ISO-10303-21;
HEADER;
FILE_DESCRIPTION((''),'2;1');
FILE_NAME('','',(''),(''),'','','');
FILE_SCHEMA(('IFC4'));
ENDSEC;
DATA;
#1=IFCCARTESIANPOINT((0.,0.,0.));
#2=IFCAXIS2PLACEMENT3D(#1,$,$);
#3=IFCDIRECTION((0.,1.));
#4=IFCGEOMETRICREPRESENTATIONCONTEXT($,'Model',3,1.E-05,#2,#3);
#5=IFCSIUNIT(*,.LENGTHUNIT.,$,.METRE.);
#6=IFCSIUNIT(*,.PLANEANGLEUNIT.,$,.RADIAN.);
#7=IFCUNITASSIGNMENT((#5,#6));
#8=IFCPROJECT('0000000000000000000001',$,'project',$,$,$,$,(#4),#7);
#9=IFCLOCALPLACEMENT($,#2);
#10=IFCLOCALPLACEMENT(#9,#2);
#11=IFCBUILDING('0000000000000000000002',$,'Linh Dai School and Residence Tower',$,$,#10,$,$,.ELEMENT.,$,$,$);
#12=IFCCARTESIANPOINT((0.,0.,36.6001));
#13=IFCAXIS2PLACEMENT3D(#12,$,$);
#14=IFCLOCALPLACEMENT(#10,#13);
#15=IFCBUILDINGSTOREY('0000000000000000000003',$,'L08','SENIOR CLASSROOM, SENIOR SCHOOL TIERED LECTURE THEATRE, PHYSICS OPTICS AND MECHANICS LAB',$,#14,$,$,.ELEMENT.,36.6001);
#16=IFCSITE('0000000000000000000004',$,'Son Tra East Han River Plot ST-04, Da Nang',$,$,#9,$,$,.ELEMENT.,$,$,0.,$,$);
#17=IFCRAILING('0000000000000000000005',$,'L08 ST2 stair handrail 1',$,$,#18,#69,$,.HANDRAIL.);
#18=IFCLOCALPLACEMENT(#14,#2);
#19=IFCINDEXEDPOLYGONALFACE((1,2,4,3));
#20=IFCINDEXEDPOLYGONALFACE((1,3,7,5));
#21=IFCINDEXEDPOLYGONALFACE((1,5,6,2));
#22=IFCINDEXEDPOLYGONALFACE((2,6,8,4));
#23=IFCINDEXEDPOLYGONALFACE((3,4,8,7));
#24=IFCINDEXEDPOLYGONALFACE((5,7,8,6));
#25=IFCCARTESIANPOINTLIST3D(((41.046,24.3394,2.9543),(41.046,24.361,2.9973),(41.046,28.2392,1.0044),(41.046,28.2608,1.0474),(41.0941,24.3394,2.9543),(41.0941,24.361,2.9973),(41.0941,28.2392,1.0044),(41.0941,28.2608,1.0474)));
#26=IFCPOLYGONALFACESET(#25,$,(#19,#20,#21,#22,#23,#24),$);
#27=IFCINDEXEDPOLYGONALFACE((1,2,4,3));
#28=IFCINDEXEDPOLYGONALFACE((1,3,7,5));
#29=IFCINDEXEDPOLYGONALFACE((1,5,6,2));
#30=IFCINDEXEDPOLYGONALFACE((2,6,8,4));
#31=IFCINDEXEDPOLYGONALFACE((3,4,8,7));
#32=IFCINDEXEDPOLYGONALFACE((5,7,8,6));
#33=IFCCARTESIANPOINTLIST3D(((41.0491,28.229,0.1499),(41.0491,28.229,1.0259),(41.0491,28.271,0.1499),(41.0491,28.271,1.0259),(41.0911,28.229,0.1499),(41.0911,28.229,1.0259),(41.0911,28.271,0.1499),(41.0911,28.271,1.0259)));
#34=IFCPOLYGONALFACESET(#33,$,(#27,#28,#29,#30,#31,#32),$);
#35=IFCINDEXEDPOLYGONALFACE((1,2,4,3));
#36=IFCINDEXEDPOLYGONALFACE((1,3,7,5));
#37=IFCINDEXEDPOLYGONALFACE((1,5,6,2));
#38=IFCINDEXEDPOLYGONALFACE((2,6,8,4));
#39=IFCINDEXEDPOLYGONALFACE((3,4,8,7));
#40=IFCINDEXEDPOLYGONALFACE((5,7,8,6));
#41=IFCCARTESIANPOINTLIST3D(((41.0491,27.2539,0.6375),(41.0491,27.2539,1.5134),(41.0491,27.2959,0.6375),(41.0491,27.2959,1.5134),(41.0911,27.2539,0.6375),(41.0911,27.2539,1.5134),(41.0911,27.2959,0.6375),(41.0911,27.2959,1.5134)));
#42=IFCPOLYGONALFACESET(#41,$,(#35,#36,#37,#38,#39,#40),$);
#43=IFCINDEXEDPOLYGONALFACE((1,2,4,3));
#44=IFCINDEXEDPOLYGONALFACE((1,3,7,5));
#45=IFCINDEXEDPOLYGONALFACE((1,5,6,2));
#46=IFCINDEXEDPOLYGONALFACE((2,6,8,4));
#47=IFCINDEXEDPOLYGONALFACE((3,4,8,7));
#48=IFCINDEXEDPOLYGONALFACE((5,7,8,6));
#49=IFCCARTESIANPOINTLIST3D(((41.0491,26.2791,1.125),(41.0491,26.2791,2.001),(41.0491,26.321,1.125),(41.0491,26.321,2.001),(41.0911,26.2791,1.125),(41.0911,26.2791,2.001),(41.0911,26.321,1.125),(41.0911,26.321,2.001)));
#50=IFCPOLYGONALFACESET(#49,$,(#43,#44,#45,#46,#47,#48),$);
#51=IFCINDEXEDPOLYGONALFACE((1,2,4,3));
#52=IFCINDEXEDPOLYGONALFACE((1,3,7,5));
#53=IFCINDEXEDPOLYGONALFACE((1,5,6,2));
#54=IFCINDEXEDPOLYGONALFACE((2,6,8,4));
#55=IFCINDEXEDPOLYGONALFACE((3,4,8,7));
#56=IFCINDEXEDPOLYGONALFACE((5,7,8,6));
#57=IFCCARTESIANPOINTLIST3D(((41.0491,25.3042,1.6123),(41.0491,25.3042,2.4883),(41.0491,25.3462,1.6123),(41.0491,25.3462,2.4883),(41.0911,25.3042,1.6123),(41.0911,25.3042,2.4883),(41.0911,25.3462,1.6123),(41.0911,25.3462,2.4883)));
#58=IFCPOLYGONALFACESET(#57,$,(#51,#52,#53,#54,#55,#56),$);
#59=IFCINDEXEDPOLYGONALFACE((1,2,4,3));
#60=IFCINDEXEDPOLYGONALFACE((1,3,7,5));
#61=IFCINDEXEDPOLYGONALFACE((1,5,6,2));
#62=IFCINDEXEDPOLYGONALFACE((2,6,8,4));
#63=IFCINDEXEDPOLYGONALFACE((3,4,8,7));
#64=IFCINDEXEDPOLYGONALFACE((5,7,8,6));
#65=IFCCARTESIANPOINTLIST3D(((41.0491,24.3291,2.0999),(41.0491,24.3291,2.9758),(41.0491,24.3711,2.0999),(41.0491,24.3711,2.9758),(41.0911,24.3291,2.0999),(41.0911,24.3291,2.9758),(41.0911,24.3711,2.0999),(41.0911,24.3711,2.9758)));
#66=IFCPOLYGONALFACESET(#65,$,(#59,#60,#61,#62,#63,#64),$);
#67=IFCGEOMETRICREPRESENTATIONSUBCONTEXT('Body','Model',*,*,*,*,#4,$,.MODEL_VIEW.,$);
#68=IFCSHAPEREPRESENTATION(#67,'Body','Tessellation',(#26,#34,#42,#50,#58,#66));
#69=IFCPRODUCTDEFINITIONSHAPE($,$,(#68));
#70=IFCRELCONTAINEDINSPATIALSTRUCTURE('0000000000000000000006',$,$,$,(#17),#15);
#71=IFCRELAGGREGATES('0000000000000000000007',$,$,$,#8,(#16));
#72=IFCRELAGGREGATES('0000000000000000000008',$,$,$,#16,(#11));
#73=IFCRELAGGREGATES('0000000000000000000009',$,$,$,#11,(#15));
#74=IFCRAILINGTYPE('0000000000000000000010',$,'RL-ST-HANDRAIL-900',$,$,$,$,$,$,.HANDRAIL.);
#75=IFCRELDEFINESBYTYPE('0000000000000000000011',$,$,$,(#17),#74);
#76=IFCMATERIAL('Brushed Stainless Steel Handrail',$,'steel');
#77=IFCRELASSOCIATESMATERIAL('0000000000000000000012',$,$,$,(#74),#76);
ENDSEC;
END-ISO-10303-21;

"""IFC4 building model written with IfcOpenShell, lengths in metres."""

from ifc_helpers import new_model, si_unit, direction, frame, origin, origin_2d, place, context, subcontext, project, spatial, rectangle, extrude, source, transform, mapped, material, type_object, element, save


model = new_model("IFC4")

# Units and contexts
model_context = context("Model", 3, precision=1e-05, world=origin(), true_north=direction((0.0, 1.0)))
body_context = subcontext(model_context, "Body", "Model", "MODEL_VIEW")
ifc_project = project(units=[si_unit("LENGTHUNIT", "METRE"), si_unit("PLANEANGLEUNIT", "RADIAN")], contexts=[model_context])

# Site, building, storey
site_placement = place(None, origin())
site = spatial("IfcSite", under=ifc_project, at=site_placement, Name="Son Tra East Han River Plot ST-04, Da Nang", CompositionType="ELEMENT", RefElevation=0.0)
building_placement = place(site_placement, origin())
building = spatial("IfcBuilding", under=site, at=building_placement, Name="Linh Dai School and Residence Tower", CompositionType="ELEMENT")
storey_placement = place(building_placement, frame((0.0, 0.0, 36.6001)))
storey = spatial("IfcBuildingStorey", under=building, at=storey_placement, Name="L08", Description="SENIOR CLASSROOM, SENIOR SCHOOL TIERED LECTURE THEATRE, PHYSICS OPTICS AND MECHANICS LAB", CompositionType="ELEMENT", Elevation=36.6001)

# Railing
ifc_material_1 = material(Name="Brushed Stainless Steel Handrail", Category="steel")
railing_type_1 = type_object("IfcRailingType", Name="RL-ST-HANDRAIL-900", PredefinedType="HANDRAIL", material=ifc_material_1)
shared_shape_1 = source(origin(), body_context, "Body", "SweptSolid", [
    extrude(rectangle(XDim=0.0481, YDim=0.0481, at=origin_2d()), frame((0.0, 0.0, 0.876), z_axis=(0.0, -0.894427, 0.447214), x_axis=(1.0, 0.0, 0.0)), (0.0, 0.0, 1.0), 4.3601),
    extrude(rectangle(XDim=0.042, YDim=0.042, at=origin_2d()), origin(), (0.0, 0.0, 1.0), 0.876),
    extrude(rectangle(XDim=0.042, YDim=0.042, at=origin_2d()), frame((0.0, -0.9751, 0.4875)), (0.0, 0.0, 1.0), 0.876),
    extrude(rectangle(XDim=0.042, YDim=0.042, at=origin_2d()), frame((0.0, -1.95, 0.9751)), (0.0, 0.0, 1.0), 0.876),
    extrude(rectangle(XDim=0.042, YDim=0.042, at=origin_2d()), frame((0.0, -2.9248, 1.4624)), (0.0, 0.0, 1.0), 0.876),
    extrude(rectangle(XDim=0.042, YDim=0.042, at=origin_2d()), frame((0.0, -3.8999, 1.95)), (0.0, 0.0, 1.0), 0.876),
])
railing_1_placement = place(storey_placement, frame((41.0701, 28.25, 0.1499)))
element("IfcRailing", 1, at=railing_1_placement, inside=storey, type_object=railing_type_1, Name="L08 ST2 stair handrail 1", PredefinedType="HANDRAIL", context=body_context, shape_type="MappedRepresentation", body=[
    mapped(shared_shape_1, transform((0.0, 0.0, 0.0), x_axis=(1.0, 0.0, 0.0), y_axis=(0.0, 1.0, 0.0), z_axis=(0.0, 0.0, 1.0), scale=1.0)),
])

save(model, "model.ifc")
